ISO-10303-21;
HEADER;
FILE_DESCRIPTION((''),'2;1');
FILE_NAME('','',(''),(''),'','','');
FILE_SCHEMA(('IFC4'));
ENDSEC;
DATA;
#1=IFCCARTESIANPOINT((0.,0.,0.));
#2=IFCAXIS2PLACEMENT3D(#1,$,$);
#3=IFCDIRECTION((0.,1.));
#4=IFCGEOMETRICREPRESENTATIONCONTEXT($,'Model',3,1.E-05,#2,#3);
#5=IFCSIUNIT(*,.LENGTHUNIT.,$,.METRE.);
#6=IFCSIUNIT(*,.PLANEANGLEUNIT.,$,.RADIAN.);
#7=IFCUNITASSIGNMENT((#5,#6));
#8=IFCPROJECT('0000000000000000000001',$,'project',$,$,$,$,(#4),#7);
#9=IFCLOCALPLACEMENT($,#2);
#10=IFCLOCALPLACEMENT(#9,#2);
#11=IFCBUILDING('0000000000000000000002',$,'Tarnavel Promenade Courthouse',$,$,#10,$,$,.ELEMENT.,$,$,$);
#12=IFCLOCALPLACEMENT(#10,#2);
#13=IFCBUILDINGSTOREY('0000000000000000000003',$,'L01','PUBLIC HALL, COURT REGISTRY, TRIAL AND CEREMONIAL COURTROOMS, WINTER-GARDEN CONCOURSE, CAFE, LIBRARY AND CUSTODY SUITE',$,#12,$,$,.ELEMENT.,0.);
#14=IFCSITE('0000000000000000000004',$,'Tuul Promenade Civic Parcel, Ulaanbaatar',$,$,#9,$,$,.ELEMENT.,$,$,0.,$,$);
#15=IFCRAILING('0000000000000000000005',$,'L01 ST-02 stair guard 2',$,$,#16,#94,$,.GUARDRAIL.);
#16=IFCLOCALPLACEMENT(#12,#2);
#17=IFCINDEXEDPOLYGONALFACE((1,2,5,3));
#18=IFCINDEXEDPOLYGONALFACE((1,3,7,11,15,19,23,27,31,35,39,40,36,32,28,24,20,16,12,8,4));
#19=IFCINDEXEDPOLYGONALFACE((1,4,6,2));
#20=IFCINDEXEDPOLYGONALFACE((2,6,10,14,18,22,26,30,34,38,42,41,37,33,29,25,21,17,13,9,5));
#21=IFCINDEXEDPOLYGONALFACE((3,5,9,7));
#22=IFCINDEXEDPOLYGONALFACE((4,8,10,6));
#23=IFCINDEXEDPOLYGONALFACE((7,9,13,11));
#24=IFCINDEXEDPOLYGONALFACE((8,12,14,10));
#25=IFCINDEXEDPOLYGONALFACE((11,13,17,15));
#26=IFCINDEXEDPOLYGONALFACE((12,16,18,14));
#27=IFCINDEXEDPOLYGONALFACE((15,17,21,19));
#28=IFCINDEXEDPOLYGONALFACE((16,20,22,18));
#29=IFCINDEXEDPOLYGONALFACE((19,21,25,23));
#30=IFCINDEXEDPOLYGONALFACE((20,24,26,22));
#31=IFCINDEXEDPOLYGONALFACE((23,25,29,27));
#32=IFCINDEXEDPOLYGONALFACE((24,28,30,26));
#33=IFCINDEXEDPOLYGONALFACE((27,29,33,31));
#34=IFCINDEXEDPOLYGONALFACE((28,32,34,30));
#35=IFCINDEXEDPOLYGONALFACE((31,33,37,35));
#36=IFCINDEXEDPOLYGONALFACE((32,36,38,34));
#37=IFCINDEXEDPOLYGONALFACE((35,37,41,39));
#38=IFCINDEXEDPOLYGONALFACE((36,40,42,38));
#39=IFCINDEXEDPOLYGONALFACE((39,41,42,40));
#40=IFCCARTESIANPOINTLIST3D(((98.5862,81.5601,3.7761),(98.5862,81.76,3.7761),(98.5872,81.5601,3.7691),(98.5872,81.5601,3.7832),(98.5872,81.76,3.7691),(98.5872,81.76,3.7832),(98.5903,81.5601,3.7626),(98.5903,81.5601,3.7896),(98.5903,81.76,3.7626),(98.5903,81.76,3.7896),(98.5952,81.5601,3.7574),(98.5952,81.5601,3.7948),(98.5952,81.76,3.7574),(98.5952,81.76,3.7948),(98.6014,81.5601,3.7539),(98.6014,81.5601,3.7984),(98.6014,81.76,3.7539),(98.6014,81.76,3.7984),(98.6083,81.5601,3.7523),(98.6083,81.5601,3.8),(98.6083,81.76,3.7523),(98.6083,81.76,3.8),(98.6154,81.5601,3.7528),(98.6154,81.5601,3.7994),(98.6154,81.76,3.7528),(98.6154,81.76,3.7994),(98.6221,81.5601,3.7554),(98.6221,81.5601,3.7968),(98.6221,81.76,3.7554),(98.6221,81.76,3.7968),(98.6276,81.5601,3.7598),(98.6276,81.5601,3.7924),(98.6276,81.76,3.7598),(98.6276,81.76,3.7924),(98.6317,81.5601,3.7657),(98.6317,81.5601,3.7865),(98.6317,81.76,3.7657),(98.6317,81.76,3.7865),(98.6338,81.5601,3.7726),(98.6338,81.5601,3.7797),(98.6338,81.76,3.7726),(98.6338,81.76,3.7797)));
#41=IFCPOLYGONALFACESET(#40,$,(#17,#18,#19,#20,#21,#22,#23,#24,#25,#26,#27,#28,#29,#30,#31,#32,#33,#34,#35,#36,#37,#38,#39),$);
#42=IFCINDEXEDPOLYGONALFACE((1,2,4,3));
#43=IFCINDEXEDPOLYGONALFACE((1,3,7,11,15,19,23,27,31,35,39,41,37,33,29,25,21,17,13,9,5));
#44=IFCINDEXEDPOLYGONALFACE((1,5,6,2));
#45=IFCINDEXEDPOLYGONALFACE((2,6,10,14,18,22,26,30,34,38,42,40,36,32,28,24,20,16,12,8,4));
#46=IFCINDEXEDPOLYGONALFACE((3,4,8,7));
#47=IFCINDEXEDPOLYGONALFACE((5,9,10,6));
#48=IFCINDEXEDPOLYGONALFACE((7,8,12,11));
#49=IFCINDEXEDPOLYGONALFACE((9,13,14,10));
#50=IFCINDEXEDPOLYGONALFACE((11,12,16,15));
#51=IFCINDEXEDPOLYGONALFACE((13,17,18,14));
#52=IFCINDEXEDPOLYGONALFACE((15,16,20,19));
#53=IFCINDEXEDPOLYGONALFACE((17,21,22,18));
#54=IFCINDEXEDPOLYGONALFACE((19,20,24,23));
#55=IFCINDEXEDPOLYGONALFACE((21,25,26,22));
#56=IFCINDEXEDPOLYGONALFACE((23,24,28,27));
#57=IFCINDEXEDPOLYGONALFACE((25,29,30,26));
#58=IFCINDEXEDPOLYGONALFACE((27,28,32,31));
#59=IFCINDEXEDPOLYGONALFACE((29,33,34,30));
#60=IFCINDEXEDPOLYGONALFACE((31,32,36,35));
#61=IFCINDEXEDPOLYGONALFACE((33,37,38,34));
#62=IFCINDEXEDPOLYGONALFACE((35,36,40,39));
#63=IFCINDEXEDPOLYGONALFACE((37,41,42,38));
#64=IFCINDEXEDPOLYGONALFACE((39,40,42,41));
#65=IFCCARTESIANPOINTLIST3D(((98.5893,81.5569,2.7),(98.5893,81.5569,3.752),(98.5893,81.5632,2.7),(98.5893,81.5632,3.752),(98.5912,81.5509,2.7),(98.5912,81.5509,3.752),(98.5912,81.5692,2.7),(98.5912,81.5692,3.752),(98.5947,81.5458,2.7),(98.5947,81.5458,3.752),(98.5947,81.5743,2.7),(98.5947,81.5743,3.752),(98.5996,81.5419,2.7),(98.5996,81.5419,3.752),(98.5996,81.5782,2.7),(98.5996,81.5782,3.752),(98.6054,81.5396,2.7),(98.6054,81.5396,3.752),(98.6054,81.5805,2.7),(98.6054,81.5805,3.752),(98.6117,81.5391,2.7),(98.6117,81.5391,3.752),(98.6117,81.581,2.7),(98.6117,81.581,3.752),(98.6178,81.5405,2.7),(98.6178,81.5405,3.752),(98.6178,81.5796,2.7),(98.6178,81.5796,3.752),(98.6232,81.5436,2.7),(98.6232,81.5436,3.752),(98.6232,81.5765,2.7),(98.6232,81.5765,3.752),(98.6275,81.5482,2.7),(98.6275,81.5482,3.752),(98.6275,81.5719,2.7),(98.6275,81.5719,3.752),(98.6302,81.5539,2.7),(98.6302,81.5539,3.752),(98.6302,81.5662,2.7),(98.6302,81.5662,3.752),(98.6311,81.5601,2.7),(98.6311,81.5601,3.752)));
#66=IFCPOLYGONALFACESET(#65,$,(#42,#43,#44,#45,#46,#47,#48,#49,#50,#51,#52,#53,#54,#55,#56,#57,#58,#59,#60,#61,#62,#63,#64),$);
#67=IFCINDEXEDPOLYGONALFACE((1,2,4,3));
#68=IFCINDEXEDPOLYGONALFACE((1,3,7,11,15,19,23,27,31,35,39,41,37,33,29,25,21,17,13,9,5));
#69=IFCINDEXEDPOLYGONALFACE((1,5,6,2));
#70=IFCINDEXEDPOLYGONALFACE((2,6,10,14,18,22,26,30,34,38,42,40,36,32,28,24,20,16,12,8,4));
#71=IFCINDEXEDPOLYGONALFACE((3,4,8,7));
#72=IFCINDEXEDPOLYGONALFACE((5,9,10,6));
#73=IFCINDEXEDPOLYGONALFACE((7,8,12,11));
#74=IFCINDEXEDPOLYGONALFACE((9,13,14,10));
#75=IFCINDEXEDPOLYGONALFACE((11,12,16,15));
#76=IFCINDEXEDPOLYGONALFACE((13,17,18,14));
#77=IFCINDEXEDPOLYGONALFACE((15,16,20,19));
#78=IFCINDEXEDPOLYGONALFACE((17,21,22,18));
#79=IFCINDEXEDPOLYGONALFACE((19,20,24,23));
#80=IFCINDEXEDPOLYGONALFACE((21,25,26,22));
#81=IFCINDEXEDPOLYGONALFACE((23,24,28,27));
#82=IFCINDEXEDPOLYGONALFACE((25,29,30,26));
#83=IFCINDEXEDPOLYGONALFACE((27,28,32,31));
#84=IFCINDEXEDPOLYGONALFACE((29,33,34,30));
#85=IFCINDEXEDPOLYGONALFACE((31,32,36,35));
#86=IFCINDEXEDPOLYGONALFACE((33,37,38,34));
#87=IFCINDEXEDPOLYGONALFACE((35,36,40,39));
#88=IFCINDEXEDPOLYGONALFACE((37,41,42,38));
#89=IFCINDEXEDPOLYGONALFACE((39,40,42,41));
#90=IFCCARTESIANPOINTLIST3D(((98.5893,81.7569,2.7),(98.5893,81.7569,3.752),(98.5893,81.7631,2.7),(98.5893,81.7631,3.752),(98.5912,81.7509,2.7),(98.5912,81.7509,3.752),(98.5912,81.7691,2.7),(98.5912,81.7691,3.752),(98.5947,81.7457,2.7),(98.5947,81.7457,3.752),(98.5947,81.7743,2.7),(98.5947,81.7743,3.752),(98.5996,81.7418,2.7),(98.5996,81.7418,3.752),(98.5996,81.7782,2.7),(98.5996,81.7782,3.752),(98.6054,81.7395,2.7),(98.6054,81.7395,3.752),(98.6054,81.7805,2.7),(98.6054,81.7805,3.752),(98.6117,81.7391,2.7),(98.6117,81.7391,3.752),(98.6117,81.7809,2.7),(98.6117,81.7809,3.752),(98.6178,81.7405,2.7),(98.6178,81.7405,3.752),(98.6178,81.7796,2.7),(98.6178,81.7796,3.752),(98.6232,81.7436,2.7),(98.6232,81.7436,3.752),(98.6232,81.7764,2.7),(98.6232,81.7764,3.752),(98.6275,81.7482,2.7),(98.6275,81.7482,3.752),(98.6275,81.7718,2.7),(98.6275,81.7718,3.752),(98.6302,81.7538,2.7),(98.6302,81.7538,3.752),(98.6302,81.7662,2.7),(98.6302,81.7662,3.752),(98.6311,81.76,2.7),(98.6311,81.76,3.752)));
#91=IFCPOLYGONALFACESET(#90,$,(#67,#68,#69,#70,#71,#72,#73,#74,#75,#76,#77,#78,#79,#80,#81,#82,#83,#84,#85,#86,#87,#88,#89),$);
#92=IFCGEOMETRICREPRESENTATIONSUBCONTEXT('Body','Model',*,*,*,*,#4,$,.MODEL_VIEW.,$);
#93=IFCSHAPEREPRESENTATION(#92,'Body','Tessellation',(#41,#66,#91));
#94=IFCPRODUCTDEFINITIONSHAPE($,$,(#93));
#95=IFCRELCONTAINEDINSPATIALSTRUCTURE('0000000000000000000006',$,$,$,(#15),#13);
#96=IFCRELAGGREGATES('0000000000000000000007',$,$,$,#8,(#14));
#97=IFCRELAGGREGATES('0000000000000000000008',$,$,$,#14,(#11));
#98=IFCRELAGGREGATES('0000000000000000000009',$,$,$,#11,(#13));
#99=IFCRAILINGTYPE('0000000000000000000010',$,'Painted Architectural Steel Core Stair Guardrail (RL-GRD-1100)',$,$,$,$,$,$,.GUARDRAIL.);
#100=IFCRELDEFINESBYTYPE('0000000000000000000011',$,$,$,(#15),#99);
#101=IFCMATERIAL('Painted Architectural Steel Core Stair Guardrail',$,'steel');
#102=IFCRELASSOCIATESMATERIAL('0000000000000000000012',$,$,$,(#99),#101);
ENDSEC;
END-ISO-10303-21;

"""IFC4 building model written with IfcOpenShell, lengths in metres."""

from ifc_helpers import new_model, si_unit, direction, frame, origin, origin_2d, place, context, subcontext, project, spatial, circle, extrude, material, type_object, element, save


model = new_model("IFC4")

# Units and contexts
model_context = context("Model", 3, precision=1e-05, world=origin(), true_north=direction((0.0, 1.0)))
body_context = subcontext(model_context, "Body", "Model", "MODEL_VIEW")
ifc_project = project(units=[si_unit("LENGTHUNIT", "METRE"), si_unit("PLANEANGLEUNIT", "RADIAN")], contexts=[model_context])

# Site, building, storey
site_placement = place(None, origin())
site = spatial("IfcSite", under=ifc_project, at=site_placement, Name="Tuul Promenade Civic Parcel, Ulaanbaatar", CompositionType="ELEMENT", RefElevation=0.0)
building_placement = place(site_placement, origin())
building = spatial("IfcBuilding", under=site, at=building_placement, Name="Tarnavel Promenade Courthouse", CompositionType="ELEMENT")
storey_placement = place(building_placement, origin())
storey = spatial("IfcBuildingStorey", under=building, at=storey_placement, Name="L01", Description="PUBLIC HALL, COURT REGISTRY, TRIAL AND CEREMONIAL COURTROOMS, WINTER-GARDEN CONCOURSE, CAFE, LIBRARY AND CUSTODY SUITE", CompositionType="ELEMENT", Elevation=0.0)

# Railing
ifc_material_1 = material(Name="Painted Architectural Steel Core Stair Guardrail", Category="steel")
railing_type_1 = type_object("IfcRailingType", Name="Painted Architectural Steel Core Stair Guardrail (RL-GRD-1100)", PredefinedType="GUARDRAIL", material=ifc_material_1)
railing_1_placement = place(storey_placement, frame((98.6101, 81.5601, 2.7)))
element("IfcRailing", 1, at=railing_1_placement, inside=storey, type_object=railing_type_1, Name="L01 ST-02 stair guard 2", PredefinedType="GUARDRAIL", context=body_context, shape_type="SweptSolid", body=[
    extrude(circle(Radius=0.0239, at=origin_2d()), frame((0.0, 0.0, 1.0762), z_axis=(0.0, 1.0, 0.0), x_axis=(-1.0, 0.0, 0.0)), (0.0, 0.0, 1.0), 0.2),
    extrude(circle(Radius=0.021, at=origin_2d()), origin(), (0.0, 0.0, 1.0), 1.052),
    extrude(circle(Radius=0.021, at=origin_2d()), frame((0.0, 0.2, 0.0)), (0.0, 0.0, 1.0), 1.052),
])

save(model, "model.ifc")
